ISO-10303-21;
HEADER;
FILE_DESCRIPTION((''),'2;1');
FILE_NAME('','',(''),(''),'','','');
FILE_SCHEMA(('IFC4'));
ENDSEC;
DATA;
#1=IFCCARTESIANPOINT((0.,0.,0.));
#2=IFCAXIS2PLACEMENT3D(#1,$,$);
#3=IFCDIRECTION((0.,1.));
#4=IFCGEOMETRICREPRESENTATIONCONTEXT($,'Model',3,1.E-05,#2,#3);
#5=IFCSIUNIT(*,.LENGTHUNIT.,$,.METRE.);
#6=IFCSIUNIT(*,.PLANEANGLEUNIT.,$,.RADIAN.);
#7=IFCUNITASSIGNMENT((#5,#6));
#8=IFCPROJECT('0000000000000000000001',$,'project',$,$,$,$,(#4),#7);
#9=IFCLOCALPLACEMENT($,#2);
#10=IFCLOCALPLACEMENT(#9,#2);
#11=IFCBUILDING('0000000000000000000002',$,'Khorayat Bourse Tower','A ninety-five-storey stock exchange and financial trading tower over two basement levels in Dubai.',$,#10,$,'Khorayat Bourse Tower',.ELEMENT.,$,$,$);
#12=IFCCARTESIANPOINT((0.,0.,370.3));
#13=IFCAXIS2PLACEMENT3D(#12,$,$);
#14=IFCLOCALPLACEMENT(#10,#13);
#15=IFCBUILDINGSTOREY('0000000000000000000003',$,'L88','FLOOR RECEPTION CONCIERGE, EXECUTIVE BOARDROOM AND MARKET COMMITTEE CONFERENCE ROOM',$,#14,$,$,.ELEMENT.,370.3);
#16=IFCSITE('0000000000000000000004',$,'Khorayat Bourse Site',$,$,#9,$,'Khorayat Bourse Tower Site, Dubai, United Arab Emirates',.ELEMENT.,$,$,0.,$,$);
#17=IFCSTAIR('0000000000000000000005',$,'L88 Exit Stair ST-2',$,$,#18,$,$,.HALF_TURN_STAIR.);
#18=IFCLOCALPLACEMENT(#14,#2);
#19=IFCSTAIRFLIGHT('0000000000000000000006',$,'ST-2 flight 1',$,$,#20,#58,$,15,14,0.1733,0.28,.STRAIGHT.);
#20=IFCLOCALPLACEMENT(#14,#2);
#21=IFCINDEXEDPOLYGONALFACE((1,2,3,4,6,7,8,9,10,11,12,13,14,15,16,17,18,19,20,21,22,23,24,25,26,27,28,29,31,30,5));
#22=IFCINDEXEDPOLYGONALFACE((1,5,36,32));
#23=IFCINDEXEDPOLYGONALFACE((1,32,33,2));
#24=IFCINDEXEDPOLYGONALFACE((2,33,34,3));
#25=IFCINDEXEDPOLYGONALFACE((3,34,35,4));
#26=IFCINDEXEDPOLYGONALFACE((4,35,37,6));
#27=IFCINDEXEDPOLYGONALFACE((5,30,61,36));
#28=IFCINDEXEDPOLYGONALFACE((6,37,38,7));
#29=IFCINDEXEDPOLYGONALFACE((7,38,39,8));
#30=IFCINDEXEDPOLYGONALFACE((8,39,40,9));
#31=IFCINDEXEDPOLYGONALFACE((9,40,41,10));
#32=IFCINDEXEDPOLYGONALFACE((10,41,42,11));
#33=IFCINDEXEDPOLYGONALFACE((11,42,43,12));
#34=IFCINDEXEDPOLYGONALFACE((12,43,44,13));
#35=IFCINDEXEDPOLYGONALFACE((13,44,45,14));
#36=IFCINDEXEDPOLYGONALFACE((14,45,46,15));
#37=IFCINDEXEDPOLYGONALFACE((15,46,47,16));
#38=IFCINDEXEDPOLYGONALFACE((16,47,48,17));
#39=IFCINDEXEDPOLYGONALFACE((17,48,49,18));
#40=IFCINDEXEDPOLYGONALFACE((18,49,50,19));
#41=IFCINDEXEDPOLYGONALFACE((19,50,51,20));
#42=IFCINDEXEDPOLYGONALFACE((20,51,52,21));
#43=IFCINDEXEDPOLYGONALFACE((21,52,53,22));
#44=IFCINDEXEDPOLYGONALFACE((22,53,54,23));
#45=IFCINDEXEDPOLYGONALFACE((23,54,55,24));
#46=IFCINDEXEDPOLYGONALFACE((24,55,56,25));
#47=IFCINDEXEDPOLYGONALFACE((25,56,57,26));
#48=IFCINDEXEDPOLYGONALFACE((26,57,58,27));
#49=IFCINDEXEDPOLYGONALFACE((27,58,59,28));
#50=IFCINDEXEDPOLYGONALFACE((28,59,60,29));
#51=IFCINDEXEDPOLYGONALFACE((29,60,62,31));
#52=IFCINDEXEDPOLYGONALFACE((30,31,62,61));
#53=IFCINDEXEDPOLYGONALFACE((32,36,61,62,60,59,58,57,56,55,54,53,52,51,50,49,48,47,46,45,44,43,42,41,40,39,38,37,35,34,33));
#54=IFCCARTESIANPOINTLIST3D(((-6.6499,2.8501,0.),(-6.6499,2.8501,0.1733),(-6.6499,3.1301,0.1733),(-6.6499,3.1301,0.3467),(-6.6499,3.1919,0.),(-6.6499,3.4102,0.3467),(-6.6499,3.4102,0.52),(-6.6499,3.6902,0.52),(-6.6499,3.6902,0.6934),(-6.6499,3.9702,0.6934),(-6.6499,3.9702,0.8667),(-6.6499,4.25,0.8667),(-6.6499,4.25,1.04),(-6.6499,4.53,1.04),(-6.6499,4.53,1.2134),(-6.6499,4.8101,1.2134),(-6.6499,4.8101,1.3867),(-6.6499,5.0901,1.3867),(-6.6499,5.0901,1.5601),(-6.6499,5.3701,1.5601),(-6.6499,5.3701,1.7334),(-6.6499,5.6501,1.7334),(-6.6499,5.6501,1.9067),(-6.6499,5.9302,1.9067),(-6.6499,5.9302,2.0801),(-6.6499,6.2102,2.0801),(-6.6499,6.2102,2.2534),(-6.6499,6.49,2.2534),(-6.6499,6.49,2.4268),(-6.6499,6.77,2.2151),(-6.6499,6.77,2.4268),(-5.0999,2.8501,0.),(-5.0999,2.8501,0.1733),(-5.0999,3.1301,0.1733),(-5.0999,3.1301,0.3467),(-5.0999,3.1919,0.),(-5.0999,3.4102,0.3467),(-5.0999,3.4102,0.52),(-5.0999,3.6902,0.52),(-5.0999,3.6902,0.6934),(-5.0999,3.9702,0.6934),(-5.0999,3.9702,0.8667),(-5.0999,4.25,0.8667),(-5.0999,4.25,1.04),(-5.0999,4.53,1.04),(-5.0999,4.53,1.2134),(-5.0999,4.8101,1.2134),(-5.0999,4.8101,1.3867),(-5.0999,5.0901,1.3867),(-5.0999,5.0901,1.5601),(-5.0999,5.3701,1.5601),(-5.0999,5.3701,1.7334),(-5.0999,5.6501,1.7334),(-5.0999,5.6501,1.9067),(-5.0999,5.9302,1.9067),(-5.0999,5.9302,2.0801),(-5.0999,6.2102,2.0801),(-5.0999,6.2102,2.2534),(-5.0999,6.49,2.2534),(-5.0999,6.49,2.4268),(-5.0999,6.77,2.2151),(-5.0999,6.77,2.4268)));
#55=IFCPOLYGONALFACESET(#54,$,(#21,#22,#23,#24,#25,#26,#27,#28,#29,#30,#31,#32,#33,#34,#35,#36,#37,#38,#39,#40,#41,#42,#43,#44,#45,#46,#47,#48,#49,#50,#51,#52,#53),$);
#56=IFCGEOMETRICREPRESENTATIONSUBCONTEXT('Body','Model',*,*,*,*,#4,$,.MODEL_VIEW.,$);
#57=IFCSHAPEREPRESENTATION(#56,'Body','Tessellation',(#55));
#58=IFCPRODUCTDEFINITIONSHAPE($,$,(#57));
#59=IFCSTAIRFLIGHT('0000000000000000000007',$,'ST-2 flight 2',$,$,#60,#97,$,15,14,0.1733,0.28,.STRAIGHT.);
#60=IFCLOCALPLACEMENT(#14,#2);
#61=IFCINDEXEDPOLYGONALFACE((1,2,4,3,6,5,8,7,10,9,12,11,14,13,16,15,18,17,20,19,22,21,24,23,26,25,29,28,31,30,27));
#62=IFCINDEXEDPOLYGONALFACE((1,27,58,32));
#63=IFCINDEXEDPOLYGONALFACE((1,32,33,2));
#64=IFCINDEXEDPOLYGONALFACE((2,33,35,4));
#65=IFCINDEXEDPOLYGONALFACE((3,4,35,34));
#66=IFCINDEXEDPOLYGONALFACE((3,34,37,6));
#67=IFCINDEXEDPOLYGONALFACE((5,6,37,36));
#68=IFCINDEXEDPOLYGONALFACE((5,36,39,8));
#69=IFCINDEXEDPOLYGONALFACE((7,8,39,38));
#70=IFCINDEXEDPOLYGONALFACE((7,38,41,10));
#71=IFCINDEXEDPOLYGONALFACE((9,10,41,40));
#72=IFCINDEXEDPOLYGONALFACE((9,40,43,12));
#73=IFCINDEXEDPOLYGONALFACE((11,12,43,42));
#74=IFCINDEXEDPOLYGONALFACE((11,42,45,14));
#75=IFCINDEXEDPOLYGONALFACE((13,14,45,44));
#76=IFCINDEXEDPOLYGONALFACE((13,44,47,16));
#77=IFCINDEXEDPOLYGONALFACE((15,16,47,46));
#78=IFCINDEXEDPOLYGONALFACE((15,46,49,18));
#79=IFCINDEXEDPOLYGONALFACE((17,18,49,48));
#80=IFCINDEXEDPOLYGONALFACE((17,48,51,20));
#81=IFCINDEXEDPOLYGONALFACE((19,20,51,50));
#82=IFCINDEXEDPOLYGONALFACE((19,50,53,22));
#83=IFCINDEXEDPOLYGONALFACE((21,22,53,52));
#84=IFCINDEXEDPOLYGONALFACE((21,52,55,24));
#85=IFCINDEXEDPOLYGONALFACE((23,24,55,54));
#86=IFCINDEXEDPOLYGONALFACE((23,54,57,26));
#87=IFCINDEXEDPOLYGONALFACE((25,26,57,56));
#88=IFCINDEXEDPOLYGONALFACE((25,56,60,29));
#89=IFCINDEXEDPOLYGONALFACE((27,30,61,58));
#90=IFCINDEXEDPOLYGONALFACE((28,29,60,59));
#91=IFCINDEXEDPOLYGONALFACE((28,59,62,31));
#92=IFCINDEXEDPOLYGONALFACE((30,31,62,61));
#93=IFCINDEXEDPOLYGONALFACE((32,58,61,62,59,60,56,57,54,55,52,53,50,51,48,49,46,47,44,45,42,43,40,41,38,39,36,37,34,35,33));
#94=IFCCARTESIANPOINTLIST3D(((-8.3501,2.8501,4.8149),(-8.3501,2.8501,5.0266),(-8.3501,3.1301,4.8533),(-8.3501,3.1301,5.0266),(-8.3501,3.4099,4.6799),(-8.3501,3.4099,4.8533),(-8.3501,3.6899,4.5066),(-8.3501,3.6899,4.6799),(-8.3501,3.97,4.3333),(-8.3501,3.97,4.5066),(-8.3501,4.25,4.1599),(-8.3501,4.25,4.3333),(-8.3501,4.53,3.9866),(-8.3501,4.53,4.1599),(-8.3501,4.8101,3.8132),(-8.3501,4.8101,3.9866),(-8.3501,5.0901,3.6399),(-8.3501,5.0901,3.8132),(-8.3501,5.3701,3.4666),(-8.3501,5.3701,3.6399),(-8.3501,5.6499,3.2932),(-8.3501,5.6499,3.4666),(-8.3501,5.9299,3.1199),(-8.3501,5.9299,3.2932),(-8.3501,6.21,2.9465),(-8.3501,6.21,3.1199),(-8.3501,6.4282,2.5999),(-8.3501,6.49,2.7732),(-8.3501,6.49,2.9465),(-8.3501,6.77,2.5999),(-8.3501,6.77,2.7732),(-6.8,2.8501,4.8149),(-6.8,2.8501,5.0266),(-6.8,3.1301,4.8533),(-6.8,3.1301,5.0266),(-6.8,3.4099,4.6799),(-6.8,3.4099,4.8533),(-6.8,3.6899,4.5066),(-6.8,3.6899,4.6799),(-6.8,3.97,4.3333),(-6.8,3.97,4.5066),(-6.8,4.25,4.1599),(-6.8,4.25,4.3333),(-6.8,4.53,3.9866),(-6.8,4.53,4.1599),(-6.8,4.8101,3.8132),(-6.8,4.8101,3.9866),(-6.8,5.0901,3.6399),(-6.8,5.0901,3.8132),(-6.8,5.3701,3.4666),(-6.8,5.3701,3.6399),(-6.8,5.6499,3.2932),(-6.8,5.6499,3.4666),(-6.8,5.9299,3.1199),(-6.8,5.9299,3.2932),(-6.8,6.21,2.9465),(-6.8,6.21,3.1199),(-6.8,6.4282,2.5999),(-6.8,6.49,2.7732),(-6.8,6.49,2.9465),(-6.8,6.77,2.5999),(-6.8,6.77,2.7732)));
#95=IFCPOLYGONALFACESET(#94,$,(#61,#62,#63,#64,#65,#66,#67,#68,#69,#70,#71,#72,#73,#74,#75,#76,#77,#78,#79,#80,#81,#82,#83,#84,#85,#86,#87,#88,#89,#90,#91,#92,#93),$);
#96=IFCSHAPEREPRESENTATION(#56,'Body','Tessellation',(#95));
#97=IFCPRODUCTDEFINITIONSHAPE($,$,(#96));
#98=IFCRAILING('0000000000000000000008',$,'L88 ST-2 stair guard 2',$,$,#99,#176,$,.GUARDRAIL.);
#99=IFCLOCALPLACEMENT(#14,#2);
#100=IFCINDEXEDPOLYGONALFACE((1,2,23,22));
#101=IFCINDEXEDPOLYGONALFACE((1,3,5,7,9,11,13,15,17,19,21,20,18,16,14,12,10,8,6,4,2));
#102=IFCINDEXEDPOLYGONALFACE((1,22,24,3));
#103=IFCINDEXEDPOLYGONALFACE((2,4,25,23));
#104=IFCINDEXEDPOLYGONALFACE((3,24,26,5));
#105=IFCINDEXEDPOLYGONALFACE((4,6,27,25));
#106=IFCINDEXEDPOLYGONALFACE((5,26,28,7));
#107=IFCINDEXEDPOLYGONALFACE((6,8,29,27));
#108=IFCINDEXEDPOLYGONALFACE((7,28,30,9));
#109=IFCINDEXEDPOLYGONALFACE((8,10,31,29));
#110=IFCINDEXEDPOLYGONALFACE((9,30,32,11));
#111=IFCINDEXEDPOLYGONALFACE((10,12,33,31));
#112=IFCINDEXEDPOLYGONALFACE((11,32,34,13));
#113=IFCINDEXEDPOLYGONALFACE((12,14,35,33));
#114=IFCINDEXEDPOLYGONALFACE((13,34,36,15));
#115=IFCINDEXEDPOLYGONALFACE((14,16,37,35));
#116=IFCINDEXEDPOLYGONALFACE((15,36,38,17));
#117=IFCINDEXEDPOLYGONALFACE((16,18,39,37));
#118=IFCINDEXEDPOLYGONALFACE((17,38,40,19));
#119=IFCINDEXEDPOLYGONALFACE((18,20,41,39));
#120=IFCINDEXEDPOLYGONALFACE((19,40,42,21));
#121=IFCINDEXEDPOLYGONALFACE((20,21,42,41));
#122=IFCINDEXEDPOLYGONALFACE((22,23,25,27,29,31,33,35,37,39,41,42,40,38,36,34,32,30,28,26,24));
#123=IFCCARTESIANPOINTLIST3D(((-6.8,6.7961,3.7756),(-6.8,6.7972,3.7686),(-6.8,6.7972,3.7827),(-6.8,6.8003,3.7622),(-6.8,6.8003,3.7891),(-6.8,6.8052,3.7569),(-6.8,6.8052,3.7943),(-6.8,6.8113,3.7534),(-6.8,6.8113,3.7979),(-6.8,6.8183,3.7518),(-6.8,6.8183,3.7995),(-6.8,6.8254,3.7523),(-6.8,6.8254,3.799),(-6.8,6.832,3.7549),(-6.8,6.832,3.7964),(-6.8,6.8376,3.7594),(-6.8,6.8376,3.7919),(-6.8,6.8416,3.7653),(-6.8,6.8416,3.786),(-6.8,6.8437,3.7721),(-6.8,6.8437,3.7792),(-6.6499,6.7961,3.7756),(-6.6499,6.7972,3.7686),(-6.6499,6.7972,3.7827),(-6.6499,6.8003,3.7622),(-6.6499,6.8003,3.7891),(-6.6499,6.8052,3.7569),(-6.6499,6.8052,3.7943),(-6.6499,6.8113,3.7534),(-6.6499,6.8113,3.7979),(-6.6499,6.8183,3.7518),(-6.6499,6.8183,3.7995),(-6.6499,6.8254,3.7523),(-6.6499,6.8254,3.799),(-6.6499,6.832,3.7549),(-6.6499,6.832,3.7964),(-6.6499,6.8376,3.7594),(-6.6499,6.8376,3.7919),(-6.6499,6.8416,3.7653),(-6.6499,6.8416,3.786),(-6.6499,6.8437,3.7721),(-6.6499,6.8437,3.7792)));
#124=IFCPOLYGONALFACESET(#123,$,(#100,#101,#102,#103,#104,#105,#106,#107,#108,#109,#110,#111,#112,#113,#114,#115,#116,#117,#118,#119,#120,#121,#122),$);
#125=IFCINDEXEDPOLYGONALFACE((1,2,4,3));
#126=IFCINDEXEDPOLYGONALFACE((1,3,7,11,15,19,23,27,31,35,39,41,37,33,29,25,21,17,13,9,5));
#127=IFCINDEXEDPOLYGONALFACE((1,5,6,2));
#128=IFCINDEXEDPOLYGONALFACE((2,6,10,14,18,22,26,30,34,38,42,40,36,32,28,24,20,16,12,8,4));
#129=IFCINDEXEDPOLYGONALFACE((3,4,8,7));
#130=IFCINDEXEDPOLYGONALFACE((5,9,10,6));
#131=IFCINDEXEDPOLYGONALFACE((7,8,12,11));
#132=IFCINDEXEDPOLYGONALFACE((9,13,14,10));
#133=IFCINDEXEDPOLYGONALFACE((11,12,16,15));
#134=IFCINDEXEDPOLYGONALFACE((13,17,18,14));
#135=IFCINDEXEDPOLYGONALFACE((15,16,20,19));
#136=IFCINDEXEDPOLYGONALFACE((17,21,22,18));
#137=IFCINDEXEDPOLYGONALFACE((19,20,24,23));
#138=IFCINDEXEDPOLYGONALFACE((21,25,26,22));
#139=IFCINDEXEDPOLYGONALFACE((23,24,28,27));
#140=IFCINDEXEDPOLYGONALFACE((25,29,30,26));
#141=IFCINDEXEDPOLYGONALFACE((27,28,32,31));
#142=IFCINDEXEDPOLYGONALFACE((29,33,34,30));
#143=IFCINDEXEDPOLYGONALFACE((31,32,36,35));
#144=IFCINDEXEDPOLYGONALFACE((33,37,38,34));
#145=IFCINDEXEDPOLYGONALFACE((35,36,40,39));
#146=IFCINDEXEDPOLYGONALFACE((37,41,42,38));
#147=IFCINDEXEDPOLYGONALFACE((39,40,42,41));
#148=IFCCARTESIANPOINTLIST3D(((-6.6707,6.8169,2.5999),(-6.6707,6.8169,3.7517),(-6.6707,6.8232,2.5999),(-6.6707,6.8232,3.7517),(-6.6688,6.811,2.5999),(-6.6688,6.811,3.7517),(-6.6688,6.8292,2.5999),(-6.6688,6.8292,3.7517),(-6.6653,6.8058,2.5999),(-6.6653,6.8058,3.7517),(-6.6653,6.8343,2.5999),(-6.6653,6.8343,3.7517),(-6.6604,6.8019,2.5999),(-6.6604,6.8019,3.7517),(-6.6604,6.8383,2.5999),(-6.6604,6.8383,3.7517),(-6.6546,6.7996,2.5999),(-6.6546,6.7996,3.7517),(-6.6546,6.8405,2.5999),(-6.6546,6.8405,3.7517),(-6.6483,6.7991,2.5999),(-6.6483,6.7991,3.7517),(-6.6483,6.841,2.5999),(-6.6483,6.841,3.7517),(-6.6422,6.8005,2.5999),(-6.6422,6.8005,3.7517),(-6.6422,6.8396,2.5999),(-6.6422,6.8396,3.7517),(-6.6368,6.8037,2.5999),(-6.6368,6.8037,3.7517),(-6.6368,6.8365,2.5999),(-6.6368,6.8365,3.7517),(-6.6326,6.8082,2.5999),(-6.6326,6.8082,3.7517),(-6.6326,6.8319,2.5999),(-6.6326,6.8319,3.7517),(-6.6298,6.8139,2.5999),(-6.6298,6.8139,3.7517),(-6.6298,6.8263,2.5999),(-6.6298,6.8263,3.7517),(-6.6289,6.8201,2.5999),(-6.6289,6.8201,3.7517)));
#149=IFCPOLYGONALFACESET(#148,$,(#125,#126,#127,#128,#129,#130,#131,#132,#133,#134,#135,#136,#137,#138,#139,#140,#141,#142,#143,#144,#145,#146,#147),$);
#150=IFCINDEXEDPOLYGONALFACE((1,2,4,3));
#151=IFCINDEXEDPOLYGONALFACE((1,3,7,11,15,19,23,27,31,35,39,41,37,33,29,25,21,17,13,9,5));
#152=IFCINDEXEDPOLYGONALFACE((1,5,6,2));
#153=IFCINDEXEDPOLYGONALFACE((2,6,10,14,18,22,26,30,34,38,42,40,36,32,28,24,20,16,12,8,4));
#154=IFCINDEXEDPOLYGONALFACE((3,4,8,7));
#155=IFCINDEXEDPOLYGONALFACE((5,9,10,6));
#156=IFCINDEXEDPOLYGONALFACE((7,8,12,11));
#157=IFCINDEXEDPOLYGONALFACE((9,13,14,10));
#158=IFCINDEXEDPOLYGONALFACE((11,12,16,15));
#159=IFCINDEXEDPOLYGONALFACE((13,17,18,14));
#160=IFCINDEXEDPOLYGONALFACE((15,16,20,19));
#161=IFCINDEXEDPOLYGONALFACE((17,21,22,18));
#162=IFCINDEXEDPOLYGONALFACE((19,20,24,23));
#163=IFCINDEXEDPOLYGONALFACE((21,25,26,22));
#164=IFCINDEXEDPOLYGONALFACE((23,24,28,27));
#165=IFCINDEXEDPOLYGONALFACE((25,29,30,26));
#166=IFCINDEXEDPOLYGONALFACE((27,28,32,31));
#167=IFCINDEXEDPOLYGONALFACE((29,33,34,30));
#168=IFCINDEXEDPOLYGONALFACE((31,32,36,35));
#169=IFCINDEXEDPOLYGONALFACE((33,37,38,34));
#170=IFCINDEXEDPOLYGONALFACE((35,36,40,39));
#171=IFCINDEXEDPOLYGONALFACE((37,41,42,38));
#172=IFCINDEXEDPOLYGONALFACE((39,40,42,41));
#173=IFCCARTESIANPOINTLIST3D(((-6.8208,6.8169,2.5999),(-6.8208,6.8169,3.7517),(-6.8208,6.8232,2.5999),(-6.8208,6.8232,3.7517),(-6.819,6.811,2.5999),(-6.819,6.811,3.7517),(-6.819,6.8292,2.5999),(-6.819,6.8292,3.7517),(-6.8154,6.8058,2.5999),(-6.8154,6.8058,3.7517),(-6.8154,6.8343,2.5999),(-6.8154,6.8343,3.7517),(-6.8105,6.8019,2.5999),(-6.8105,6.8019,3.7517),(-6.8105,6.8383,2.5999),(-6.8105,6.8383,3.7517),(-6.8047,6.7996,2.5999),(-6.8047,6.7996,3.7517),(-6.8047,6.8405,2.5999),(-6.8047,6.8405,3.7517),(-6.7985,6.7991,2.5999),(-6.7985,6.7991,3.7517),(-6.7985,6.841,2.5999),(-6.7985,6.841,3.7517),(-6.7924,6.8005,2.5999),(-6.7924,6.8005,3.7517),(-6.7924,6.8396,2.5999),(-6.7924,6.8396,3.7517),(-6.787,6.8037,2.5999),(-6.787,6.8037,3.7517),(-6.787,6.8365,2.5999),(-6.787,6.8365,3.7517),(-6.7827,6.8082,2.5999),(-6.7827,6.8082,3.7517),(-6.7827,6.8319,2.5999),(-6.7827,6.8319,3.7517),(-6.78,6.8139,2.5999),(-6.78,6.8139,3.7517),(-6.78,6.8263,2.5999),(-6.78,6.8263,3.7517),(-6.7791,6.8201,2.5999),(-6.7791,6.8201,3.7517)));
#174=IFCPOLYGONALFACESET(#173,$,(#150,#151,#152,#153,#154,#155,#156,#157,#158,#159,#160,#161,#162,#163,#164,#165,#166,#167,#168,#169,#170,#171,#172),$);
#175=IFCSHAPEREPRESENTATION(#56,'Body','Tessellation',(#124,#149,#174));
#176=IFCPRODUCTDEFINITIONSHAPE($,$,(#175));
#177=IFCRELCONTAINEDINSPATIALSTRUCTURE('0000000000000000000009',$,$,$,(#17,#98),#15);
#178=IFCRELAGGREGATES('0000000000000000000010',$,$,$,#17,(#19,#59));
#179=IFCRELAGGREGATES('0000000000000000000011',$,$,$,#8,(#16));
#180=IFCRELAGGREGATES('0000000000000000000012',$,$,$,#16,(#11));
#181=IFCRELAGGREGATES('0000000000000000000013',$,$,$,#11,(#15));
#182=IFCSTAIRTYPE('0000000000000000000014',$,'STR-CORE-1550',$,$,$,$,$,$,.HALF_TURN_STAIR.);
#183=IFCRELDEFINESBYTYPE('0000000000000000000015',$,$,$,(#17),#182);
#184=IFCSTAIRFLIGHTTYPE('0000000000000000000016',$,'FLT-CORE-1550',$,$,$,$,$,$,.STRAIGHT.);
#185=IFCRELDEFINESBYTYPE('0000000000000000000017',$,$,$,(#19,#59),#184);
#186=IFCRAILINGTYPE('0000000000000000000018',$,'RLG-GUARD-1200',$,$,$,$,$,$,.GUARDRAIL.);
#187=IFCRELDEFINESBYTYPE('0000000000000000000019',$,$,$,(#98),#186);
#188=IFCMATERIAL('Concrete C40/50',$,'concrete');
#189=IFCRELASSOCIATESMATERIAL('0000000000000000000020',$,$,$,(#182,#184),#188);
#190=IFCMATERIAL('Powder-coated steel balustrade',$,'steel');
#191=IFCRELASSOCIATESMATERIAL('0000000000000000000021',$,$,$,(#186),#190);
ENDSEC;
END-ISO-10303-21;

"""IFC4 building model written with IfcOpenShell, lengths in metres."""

from ifc_helpers import new_model, si_unit, direction, frame, origin, origin_2d, place, context, subcontext, project, spatial, polyline, circle, outline, extrude, source, transform, mapped, material, type_object, element, aggregate, save


model = new_model("IFC4")

# Units and contexts
model_context = context("Model", 3, precision=1e-05, world=origin(), true_north=direction((0.0, 1.0)))
body_context = subcontext(model_context, "Body", "Model", "MODEL_VIEW")
ifc_project = project(units=[si_unit("LENGTHUNIT", "METRE"), si_unit("PLANEANGLEUNIT", "RADIAN")], contexts=[model_context])

# Site, building, storey
site_placement = place(None, origin())
site = spatial("IfcSite", under=ifc_project, at=site_placement, Name="Khorayat Bourse Site", LongName="Khorayat Bourse Tower Site, Dubai, United Arab Emirates", CompositionType="ELEMENT", RefElevation=0.0)
building_placement = place(site_placement, origin())
building = spatial("IfcBuilding", under=site, at=building_placement, Name="Khorayat Bourse Tower", Description="A ninety-five-storey stock exchange and financial trading tower over two basement levels in Dubai.", LongName="Khorayat Bourse Tower", CompositionType="ELEMENT")
storey_placement = place(building_placement, frame((0.0, 0.0, 370.3)))
storey = spatial("IfcBuildingStorey", under=building, at=storey_placement, Name="L88", Description="FLOOR RECEPTION CONCIERGE, EXECUTIVE BOARDROOM AND MARKET COMMITTEE CONFERENCE ROOM", CompositionType="ELEMENT", Elevation=370.3)

# Stair, stair flights
ifc_material_1 = material(Name="Concrete C40/50", Category="concrete")
stair_type = type_object("IfcStairType", Name="STR-CORE-1550", PredefinedType="HALF_TURN_STAIR", material=ifc_material_1)
stair_placement = place(storey_placement, origin())
stair = element("IfcStair", 1, at=stair_placement, inside=storey, type_object=stair_type, Name="L88 Exit Stair ST-2", PredefinedType="HALF_TURN_STAIR")
stair_flight_type = type_object("IfcStairFlightType", Name="FLT-CORE-1550", PredefinedType="STRAIGHT", material=ifc_material_1)
shared_shape_1 = source(origin(), body_context, "Body", "SweptSolid", [
    extrude(outline(polyline([(0.0, 0.0), (0.0, 0.1733), (0.28, 0.1733), (0.28, 0.3467), (0.5601, 0.3467), (0.5601, 0.52), (0.8401, 0.52), (0.8401, 0.6934), (1.1201, 0.6934), (1.1201, 0.8667), (1.3999, 0.8667), (1.3999, 1.04), (1.6799, 1.04), (1.6799, 1.2134), (1.96, 1.2134), (1.96, 1.3867), (2.24, 1.3867), (2.24, 1.5601), (2.52, 1.5601), (2.52, 1.7334), (2.8, 1.7334), (2.8, 1.9067), (3.0801, 1.9067), (3.0801, 2.0801), (3.3601, 2.0801), (3.3601, 2.2534), (3.6399, 2.2534), (3.6399, 2.4268), (3.9199, 2.4268), (3.9199, 2.6001), (3.9199, 2.2151), (0.3418, 0.0), (0.0, 0.0)])), frame((0.0, 0.7749, 0.0), z_axis=(0.0, -1.0, 0.0), x_axis=(1.0, 0.0, 0.0)), (0.0, 0.0, 1.0), 1.55),
])
stair_flight_1_placement = place(storey_placement, frame((-5.875, 2.8501, 0.0), z_axis=(0.0, 0.0, 1.0), x_axis=(0.0, 1.0, 0.0)))
stair_flight_1 = element("IfcStairFlight", 2, at=stair_flight_1_placement, type_object=stair_flight_type, Name="ST-2 flight 1", NumberOfRisers=15, NumberOfTreads=14, PredefinedType="STRAIGHT", RiserHeight=0.1733, TreadLength=0.28, context=body_context, shape_type="MappedRepresentation", body=[
    mapped(shared_shape_1, transform((0.0, 0.0, 0.0), scale=1.0)),
])
stair_flight_2_placement = place(storey_placement, frame((-7.575, 6.77, 2.5999), z_axis=(0.0, 0.0, 1.0), x_axis=(0.0, -1.0, 0.0)))
stair_flight_2 = element("IfcStairFlight", 3, at=stair_flight_2_placement, type_object=stair_flight_type, Name="ST-2 flight 2", NumberOfRisers=15, NumberOfTreads=14, PredefinedType="STRAIGHT", RiserHeight=0.1733, TreadLength=0.28, context=body_context, shape_type="MappedRepresentation", body=[
    mapped(shared_shape_1, transform((0.0, 0.0, 0.0), scale=1.0)),
])
aggregate(stair, [stair_flight_1, stair_flight_2])

# Railing
ifc_material_2 = material(Name="Powder-coated steel balustrade", Category="steel")
railing_type_1 = type_object("IfcRailingType", Name="RLG-GUARD-1200", PredefinedType="GUARDRAIL", material=ifc_material_2)
shared_shape_2 = source(origin(), body_context, "Body", "SweptSolid", [
    extrude(circle(Radius=0.0239, at=origin_2d()), frame((0.0, 0.0, 1.1758), z_axis=(-1.0, 0.0, 0.0), x_axis=(0.0, -1.0, 0.0)), (0.0, 0.0, 1.0), 0.1501),
    extrude(circle(Radius=0.021, at=origin_2d()), origin(), (0.0, 0.0, 1.0), 1.1519),
    extrude(circle(Radius=0.021, at=origin_2d()), frame((-0.1501, 0.0, 0.0)), (0.0, 0.0, 1.0), 1.1519),
])
for number, where, name in (
    (4, (-6.6499, 6.8201, 2.5999), "L88 ST-2 stair guard 2"),
):
    element("IfcRailing", number, at=place(storey_placement, frame(where)), inside=storey, type_object=railing_type_1, Name=name, PredefinedType="GUARDRAIL", context=body_context, shape_type="MappedRepresentation", body=[
        mapped(shared_shape_2, transform((0.0, 0.0, 0.0), scale=1.0)),
    ])

save(model, "model.ifc")
